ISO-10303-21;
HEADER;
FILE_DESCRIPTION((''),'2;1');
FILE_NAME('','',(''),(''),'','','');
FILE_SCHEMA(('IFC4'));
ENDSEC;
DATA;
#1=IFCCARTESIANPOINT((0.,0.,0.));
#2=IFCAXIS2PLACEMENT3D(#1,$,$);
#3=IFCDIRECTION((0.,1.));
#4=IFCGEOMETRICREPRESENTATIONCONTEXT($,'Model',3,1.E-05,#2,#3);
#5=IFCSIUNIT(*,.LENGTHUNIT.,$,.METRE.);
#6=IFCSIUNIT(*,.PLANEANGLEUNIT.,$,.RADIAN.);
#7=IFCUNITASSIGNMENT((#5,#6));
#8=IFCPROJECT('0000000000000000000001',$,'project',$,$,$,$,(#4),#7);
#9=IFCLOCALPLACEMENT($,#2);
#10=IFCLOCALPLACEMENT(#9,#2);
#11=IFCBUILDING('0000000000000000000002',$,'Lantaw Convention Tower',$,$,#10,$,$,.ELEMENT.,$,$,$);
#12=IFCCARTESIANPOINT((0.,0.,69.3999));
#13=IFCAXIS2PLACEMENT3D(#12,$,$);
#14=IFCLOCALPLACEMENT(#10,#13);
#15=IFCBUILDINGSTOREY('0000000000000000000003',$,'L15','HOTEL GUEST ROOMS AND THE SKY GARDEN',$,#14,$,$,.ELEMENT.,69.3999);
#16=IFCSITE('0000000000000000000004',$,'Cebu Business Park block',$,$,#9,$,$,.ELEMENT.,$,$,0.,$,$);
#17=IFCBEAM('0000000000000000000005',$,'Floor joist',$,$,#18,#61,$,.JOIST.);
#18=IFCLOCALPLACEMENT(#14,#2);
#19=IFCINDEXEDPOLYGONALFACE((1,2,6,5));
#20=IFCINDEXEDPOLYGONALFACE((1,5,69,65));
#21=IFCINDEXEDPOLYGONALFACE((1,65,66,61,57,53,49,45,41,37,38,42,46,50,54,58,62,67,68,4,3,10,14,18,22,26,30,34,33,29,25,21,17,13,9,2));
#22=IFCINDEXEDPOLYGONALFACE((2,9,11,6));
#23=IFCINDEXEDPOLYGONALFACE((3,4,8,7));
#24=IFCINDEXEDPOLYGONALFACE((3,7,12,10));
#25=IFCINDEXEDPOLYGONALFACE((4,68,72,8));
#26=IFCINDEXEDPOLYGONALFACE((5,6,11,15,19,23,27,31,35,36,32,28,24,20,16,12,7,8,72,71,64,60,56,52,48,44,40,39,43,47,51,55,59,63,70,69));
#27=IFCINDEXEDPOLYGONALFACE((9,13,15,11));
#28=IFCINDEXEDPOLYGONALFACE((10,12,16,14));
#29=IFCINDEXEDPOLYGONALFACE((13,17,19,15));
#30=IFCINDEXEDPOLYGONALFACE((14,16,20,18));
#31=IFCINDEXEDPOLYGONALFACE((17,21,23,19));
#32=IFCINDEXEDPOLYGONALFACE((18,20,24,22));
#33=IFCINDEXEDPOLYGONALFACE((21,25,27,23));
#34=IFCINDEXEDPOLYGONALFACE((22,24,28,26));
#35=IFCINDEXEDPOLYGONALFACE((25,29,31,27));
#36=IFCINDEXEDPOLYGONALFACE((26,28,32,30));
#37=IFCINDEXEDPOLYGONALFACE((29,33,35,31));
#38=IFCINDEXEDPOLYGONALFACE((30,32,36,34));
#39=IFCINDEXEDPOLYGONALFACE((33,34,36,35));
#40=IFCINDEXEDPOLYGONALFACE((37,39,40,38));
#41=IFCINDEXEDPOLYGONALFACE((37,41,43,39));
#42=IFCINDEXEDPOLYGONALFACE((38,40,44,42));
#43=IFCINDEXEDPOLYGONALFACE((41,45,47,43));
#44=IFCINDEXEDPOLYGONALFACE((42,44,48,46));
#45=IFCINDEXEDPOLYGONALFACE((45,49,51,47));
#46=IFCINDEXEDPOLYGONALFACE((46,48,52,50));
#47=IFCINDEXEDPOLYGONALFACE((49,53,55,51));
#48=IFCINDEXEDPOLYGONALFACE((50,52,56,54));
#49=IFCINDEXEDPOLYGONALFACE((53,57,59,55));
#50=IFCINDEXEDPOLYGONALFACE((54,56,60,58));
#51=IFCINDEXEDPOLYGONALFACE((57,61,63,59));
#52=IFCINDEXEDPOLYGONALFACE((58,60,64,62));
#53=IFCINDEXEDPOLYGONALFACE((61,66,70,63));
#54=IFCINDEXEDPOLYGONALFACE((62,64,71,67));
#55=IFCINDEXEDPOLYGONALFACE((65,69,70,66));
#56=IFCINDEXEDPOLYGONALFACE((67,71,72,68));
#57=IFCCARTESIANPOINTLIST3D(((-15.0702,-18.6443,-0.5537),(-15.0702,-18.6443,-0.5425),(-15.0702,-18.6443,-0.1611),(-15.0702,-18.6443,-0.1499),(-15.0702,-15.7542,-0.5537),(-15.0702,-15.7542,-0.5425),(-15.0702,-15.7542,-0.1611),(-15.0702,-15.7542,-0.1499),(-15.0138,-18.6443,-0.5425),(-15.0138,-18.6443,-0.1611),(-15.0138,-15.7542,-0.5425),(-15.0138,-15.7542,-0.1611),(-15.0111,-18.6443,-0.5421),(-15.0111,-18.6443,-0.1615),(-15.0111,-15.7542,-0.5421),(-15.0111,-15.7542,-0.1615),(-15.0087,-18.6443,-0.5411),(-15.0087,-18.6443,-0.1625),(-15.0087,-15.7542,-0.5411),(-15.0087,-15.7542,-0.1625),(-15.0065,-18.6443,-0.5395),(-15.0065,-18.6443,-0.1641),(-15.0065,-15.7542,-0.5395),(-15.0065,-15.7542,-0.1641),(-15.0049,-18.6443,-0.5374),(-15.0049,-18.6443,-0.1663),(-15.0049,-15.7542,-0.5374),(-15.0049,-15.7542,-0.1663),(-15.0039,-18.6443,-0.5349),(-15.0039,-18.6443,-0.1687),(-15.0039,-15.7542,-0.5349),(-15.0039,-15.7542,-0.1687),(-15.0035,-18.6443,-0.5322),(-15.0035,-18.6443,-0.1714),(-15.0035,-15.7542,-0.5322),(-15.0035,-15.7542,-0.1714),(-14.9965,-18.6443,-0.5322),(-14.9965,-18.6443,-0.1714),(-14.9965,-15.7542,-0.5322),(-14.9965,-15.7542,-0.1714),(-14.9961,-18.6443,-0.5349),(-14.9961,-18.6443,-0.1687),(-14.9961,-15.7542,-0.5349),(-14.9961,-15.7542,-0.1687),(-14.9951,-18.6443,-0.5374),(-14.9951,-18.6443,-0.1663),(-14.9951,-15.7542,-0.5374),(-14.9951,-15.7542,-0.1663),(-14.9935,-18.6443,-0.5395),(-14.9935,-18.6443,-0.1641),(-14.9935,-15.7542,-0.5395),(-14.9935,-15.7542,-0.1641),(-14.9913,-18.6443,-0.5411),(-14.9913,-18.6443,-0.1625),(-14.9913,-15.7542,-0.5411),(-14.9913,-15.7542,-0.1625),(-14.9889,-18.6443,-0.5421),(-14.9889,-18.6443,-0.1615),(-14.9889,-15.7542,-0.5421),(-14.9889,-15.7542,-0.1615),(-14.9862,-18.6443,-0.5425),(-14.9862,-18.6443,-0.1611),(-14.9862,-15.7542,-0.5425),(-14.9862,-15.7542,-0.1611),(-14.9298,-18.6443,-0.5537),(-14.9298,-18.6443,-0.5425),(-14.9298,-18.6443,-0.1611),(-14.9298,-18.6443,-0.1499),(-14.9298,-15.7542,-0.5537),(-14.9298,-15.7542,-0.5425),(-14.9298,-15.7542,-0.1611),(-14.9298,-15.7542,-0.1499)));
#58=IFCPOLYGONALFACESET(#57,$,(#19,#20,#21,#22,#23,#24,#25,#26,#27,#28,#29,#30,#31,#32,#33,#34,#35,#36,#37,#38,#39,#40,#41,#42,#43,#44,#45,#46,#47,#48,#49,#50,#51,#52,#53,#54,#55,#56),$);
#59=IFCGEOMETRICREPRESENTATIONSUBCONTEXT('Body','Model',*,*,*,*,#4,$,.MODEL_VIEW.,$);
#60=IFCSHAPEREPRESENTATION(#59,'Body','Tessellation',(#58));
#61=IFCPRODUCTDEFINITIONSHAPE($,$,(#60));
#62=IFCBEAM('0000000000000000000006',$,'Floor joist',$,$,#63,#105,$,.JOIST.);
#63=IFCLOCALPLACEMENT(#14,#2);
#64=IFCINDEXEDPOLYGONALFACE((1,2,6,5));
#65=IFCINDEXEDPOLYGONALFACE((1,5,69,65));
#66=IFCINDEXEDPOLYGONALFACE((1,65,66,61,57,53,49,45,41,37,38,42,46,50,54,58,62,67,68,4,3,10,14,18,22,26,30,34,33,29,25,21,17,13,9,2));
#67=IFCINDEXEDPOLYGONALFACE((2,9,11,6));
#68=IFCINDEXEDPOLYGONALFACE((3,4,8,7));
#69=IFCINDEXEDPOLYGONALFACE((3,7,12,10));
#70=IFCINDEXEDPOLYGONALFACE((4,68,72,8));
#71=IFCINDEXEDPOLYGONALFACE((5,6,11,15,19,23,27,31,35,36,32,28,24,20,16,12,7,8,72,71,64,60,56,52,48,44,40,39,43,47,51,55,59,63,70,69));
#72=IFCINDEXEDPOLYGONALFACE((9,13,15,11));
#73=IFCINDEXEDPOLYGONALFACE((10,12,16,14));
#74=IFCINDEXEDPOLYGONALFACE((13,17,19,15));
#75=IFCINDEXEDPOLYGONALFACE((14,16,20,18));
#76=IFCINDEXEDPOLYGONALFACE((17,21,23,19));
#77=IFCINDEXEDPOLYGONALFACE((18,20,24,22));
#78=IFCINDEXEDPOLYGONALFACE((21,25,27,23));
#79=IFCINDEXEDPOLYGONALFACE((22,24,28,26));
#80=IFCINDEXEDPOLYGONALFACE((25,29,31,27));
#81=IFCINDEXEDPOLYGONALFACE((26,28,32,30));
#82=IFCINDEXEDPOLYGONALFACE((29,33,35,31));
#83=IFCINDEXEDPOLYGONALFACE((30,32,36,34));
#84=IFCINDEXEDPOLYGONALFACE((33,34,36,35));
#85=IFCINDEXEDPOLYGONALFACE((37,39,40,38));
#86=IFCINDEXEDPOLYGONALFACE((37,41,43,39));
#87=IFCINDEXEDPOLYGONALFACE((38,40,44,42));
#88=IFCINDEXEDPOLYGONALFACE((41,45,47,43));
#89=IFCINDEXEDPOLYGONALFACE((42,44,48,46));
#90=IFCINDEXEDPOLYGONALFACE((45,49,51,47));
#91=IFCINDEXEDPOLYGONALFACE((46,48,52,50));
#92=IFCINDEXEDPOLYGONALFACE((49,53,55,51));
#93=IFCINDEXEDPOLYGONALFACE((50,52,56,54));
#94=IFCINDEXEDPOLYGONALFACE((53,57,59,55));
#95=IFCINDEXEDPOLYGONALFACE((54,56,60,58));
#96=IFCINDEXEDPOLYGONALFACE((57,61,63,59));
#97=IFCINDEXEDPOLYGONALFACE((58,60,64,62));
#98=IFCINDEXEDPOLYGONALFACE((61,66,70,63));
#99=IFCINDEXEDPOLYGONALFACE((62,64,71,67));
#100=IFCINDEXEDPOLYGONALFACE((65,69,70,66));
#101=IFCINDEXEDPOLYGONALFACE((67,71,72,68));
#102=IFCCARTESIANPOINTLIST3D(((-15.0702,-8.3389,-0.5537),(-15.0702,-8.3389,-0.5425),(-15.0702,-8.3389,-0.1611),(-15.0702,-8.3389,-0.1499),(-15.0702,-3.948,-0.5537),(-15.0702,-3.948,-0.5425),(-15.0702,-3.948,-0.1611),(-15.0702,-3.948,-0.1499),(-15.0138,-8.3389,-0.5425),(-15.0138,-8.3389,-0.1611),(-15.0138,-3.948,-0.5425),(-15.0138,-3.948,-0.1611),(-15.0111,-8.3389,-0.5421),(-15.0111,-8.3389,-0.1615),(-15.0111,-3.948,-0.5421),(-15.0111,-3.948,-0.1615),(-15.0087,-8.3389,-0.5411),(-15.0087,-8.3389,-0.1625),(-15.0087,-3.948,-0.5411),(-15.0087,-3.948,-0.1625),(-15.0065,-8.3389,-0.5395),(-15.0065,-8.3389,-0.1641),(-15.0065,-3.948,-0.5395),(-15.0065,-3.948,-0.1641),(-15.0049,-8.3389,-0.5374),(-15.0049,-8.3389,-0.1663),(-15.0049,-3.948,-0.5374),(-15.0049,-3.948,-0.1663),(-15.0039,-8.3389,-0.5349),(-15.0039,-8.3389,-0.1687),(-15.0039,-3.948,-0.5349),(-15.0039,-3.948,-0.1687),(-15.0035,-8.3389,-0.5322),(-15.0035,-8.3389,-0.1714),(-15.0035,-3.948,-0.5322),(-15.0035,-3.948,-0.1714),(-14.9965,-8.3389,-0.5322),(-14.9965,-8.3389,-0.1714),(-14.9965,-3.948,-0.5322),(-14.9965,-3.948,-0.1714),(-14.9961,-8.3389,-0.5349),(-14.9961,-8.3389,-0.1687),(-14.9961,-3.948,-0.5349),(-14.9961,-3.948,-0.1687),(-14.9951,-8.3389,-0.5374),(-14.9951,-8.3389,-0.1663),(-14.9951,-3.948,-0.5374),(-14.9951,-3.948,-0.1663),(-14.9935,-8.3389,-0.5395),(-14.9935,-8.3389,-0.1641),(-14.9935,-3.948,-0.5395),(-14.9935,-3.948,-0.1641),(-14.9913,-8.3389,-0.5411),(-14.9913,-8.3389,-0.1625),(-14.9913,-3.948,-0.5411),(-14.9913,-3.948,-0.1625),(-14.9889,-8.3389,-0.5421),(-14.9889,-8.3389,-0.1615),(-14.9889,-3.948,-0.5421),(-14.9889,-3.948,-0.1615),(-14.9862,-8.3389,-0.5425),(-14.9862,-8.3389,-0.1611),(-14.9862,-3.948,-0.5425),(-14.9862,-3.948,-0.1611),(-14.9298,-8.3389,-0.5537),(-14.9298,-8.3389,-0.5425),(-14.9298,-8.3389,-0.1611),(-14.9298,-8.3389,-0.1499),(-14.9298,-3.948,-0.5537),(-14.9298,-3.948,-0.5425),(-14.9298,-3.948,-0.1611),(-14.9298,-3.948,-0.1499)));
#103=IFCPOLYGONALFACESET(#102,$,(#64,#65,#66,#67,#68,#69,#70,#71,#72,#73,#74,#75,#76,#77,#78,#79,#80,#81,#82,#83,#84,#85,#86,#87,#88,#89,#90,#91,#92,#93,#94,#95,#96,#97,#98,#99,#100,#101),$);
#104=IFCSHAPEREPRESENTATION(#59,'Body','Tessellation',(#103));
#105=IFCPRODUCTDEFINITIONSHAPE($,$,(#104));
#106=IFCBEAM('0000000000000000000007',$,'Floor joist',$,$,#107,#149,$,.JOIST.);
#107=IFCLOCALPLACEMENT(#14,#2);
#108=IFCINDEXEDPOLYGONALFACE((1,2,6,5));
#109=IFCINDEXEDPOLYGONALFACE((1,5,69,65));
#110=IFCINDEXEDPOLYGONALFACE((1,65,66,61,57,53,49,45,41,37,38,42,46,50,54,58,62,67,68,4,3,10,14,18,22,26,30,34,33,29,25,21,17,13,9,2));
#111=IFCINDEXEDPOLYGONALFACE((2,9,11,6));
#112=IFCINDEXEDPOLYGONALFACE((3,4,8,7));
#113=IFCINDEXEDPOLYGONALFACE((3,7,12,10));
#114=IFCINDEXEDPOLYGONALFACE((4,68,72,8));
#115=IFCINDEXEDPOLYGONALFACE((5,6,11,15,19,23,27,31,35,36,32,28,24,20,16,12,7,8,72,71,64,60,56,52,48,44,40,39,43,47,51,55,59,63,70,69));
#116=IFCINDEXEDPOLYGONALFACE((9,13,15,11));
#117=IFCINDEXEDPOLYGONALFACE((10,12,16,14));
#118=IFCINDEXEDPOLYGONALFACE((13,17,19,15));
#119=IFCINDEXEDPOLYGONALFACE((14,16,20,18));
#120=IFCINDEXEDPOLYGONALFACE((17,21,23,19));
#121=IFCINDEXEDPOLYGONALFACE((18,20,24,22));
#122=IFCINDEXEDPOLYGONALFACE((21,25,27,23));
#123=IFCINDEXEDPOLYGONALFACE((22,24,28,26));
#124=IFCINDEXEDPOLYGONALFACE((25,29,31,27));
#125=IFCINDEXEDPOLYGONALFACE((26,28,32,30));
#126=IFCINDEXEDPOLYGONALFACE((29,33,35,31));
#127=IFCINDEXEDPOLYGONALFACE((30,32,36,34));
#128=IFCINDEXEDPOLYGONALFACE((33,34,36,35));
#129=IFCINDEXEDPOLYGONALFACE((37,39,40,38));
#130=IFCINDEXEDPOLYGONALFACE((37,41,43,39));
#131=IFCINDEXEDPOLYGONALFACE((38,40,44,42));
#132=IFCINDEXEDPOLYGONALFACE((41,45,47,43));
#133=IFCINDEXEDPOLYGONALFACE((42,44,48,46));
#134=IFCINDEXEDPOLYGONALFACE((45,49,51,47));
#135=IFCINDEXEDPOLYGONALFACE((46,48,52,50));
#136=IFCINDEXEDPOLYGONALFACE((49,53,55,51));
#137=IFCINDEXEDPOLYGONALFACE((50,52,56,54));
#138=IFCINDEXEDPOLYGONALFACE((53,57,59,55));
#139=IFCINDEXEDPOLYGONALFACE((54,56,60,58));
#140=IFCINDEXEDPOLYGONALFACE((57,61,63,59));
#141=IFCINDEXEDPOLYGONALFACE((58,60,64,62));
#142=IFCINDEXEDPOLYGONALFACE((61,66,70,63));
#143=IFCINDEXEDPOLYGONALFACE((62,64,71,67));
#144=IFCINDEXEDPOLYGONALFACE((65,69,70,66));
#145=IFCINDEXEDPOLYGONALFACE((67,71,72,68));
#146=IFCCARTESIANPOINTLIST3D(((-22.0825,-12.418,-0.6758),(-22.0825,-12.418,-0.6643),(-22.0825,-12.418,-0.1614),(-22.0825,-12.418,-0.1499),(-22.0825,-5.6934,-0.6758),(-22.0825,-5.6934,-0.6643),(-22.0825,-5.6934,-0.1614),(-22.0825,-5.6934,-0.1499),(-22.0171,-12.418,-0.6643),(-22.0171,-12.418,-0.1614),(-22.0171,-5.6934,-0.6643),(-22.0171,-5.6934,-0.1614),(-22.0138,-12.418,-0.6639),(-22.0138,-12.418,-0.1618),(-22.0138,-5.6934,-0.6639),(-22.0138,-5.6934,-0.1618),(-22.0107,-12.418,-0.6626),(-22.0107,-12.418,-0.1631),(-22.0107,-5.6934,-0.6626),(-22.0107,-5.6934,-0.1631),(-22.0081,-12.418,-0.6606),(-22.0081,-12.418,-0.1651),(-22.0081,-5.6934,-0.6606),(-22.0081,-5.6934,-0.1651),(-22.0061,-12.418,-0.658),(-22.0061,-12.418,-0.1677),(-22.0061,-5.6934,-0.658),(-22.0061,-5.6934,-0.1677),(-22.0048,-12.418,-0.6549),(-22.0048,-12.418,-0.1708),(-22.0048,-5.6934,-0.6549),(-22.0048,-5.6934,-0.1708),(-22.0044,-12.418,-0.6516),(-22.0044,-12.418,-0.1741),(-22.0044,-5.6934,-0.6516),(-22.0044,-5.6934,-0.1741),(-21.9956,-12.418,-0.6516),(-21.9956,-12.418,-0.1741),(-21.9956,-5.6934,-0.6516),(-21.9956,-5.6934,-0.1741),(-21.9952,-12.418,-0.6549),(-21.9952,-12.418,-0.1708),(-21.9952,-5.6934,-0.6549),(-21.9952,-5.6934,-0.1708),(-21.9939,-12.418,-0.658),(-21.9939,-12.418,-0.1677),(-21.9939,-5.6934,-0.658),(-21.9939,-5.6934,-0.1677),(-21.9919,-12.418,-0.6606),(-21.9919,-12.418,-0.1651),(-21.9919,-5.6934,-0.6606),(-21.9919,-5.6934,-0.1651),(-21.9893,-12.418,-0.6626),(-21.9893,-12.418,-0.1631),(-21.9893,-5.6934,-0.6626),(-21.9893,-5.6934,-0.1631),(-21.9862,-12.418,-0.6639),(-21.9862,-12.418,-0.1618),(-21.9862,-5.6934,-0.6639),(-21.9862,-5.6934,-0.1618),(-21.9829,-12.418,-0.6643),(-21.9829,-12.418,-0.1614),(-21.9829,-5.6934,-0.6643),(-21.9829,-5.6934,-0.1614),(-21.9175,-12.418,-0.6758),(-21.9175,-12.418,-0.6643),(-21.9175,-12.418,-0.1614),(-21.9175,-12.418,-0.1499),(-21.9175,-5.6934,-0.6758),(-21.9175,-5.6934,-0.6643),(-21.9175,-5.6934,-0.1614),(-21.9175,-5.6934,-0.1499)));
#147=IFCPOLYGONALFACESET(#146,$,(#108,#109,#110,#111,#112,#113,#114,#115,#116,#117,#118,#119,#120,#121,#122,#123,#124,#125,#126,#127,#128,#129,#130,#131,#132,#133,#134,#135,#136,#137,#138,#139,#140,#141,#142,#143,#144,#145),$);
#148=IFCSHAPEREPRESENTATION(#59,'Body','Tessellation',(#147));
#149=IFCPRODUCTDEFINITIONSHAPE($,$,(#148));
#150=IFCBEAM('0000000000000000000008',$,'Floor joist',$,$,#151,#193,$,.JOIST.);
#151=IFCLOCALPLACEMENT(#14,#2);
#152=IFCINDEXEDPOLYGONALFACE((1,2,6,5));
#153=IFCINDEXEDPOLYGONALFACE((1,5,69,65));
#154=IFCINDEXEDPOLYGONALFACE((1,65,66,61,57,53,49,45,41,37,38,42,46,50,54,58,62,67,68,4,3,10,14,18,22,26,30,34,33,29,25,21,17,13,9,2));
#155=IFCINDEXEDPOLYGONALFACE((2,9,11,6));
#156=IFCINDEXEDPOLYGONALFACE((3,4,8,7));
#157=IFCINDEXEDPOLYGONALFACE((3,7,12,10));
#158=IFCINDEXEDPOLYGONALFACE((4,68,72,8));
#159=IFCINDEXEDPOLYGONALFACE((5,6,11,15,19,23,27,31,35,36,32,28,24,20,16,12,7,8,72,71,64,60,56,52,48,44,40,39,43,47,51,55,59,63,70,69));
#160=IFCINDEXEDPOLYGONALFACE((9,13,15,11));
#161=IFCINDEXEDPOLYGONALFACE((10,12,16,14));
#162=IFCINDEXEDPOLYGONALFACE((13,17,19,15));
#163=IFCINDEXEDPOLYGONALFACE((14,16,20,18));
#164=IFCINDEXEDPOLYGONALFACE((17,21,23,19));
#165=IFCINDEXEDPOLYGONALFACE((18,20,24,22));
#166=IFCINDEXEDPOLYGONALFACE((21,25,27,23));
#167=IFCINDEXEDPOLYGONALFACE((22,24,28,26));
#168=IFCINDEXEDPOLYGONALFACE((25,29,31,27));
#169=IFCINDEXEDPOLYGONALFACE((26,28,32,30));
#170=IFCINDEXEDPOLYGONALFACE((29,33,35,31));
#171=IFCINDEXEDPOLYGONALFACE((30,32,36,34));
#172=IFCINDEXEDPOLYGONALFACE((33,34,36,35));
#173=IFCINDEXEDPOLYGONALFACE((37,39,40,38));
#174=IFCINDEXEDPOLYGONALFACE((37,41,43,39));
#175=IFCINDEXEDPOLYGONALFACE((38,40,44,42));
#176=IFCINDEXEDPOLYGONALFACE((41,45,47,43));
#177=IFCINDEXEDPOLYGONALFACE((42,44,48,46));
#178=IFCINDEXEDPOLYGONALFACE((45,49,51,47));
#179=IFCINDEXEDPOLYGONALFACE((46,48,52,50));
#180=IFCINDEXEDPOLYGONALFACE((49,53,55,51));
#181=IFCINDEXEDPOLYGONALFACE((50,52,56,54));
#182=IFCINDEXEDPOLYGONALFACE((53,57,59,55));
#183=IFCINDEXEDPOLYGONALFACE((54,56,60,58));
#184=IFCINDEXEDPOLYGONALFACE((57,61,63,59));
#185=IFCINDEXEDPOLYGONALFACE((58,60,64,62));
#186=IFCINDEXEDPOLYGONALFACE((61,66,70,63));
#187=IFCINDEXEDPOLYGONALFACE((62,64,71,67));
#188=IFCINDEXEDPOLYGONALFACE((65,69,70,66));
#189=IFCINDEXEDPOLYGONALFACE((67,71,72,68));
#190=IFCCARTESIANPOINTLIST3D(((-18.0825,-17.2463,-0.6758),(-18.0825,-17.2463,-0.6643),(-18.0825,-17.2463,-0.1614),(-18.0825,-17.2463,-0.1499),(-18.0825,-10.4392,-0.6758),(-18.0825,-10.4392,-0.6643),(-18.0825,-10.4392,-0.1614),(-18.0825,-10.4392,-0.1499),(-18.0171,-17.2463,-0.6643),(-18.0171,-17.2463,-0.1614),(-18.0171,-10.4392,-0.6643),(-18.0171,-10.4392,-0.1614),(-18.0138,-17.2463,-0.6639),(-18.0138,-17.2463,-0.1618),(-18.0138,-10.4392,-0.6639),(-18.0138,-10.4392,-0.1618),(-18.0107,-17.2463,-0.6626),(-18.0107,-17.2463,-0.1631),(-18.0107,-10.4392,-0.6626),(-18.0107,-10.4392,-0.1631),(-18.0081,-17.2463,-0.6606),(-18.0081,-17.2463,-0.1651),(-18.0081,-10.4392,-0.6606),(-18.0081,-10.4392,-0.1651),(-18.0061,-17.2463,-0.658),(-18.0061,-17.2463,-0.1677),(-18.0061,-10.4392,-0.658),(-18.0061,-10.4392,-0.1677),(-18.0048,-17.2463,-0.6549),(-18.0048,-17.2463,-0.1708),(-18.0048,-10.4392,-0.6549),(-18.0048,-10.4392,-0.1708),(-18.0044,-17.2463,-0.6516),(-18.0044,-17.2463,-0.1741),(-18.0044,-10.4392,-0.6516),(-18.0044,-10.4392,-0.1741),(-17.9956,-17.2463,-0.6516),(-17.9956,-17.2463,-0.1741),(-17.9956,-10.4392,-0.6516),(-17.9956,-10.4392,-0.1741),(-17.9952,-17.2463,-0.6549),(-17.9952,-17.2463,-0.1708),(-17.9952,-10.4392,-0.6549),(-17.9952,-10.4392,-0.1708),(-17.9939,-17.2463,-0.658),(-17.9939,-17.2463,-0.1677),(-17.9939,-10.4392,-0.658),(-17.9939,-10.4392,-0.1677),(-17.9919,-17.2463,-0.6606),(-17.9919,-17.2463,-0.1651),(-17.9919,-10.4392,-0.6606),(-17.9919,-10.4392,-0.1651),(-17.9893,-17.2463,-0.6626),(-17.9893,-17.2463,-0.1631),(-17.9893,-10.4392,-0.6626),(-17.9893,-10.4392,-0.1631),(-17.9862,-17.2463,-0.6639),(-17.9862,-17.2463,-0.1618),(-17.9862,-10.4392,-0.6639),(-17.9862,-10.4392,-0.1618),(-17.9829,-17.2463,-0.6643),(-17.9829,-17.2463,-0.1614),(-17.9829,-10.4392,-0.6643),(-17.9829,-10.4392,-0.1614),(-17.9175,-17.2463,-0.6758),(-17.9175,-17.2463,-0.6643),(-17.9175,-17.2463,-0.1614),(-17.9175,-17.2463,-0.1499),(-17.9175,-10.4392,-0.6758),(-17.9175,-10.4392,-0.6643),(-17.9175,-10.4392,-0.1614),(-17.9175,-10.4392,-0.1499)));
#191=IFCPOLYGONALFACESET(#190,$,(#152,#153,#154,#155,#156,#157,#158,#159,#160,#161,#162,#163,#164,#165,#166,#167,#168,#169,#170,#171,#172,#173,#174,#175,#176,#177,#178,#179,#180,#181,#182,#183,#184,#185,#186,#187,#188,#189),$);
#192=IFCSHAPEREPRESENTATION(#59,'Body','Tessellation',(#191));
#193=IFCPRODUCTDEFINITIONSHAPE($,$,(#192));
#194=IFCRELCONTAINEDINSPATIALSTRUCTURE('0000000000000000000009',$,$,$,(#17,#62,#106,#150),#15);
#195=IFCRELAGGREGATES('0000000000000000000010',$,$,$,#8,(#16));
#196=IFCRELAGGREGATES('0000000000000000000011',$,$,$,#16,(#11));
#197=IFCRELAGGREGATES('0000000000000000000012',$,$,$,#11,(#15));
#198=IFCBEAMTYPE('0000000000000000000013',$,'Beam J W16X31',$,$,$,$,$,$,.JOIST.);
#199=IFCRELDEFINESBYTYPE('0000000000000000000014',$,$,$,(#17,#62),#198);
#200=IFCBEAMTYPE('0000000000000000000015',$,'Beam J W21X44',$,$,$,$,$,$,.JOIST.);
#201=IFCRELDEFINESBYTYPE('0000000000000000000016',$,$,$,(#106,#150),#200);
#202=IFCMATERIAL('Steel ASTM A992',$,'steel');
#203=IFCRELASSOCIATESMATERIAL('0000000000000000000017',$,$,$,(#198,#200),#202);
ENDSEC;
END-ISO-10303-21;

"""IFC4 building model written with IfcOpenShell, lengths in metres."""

from ifc_helpers import new_model, si_unit, direction, frame, origin, origin_2d, place, context, subcontext, project, spatial, i_section, extrude, material, material_profile, profile_set, type_object, element, save


model = new_model("IFC4")

# Units and contexts
model_context = context("Model", 3, precision=1e-05, world=origin(), true_north=direction((0.0, 1.0)))
body_context = subcontext(model_context, "Body", "Model", "MODEL_VIEW")
ifc_project = project(units=[si_unit("LENGTHUNIT", "METRE"), si_unit("PLANEANGLEUNIT", "RADIAN")], contexts=[model_context])

# Site, building, storey
site_placement = place(None, origin())
site = spatial("IfcSite", under=ifc_project, at=site_placement, Name="Cebu Business Park block", CompositionType="ELEMENT", RefElevation=0.0)
building_placement = place(site_placement, origin())
building = spatial("IfcBuilding", under=site, at=building_placement, Name="Lantaw Convention Tower", CompositionType="ELEMENT")
storey_placement = place(building_placement, frame((0.0, 0.0, 69.3999)))
storey = spatial("IfcBuildingStorey", under=building, at=storey_placement, Name="L15", Description="HOTEL GUEST ROOMS AND THE SKY GARDEN", CompositionType="ELEMENT", Elevation=69.3999)

# Beams
ifc_material_1 = material(Name="Steel ASTM A992", Category="steel")
ifc_material_profile_1 = material_profile(ifc_material_1, i_section(OverallWidth=0.1404, OverallDepth=0.4038, WebThickness=0.0071, FlangeThickness=0.0112, FilletRadius=0.0103, at=origin_2d()), Name="W16X31")
ifc_profile_set_1 = profile_set([ifc_material_profile_1], Name="Steel ASTM A992")
beam_type_1 = type_object("IfcBeamType", Name="Beam J W16X31", PredefinedType="JOIST", material=ifc_profile_set_1)
beam_1_placement = place(storey_placement, frame((-15.0, -18.6443, -0.3518), z_axis=(0.0, 1.0, 0.0), x_axis=(-1.0, 0.0, 0.0)))
element("IfcBeam", 1, at=beam_1_placement, inside=storey, type_object=beam_type_1, Name="Floor joist", PredefinedType="JOIST", context=body_context, shape_type="SweptSolid", body=[
    extrude(i_section(OverallWidth=0.1404, OverallDepth=0.4038, WebThickness=0.0071, FlangeThickness=0.0112, FilletRadius=0.0103, at=origin_2d()), origin(), (0.0, 0.0, 1.0), 2.8901),
])
beam_2_placement = place(storey_placement, frame((-15.0, -8.3389, -0.3518), z_axis=(0.0, 1.0, 0.0), x_axis=(-1.0, 0.0, 0.0)))
element("IfcBeam", 2, at=beam_2_placement, inside=storey, type_object=beam_type_1, Name="Floor joist", PredefinedType="JOIST", context=body_context, shape_type="SweptSolid", body=[
    extrude(i_section(OverallWidth=0.1404, OverallDepth=0.4038, WebThickness=0.0071, FlangeThickness=0.0112, FilletRadius=0.0103, at=origin_2d()), origin(), (0.0, 0.0, 1.0), 4.3909),
])
ifc_material_profile_2 = material_profile(ifc_material_1, i_section(OverallWidth=0.165, OverallDepth=0.5259, WebThickness=0.0088, FlangeThickness=0.0115, FilletRadius=0.0127, at=origin_2d()), Name="W21X44")
ifc_profile_set_2 = profile_set([ifc_material_profile_2], Name="Steel ASTM A992")
beam_type_2 = type_object("IfcBeamType", Name="Beam J W21X44", PredefinedType="JOIST", material=ifc_profile_set_2)
beam_3_placement = place(storey_placement, frame((-22.0, -12.418, -0.4128), z_axis=(0.0, 1.0, 0.0), x_axis=(-1.0, 0.0, 0.0)))
element("IfcBeam", 3, at=beam_3_placement, inside=storey, type_object=beam_type_2, Name="Floor joist", PredefinedType="JOIST", context=body_context, shape_type="SweptSolid", body=[
    extrude(i_section(OverallWidth=0.165, OverallDepth=0.5259, WebThickness=0.0088, FlangeThickness=0.0115, FilletRadius=0.0127, at=origin_2d()), origin(), (0.0, 0.0, 1.0), 6.7246),
])
beam_4_placement = place(storey_placement, frame((-18.0, -17.2463, -0.4128), z_axis=(0.0, 1.0, 0.0), x_axis=(-1.0, 0.0, 0.0)))
element("IfcBeam", 4, at=beam_4_placement, inside=storey, type_object=beam_type_2, Name="Floor joist", PredefinedType="JOIST", context=body_context, shape_type="SweptSolid", body=[
    extrude(i_section(OverallWidth=0.165, OverallDepth=0.5259, WebThickness=0.0088, FlangeThickness=0.0115, FilletRadius=0.0127, at=origin_2d()), origin(), (0.0, 0.0, 1.0), 6.8071),
])

save(model, "model.ifc")
